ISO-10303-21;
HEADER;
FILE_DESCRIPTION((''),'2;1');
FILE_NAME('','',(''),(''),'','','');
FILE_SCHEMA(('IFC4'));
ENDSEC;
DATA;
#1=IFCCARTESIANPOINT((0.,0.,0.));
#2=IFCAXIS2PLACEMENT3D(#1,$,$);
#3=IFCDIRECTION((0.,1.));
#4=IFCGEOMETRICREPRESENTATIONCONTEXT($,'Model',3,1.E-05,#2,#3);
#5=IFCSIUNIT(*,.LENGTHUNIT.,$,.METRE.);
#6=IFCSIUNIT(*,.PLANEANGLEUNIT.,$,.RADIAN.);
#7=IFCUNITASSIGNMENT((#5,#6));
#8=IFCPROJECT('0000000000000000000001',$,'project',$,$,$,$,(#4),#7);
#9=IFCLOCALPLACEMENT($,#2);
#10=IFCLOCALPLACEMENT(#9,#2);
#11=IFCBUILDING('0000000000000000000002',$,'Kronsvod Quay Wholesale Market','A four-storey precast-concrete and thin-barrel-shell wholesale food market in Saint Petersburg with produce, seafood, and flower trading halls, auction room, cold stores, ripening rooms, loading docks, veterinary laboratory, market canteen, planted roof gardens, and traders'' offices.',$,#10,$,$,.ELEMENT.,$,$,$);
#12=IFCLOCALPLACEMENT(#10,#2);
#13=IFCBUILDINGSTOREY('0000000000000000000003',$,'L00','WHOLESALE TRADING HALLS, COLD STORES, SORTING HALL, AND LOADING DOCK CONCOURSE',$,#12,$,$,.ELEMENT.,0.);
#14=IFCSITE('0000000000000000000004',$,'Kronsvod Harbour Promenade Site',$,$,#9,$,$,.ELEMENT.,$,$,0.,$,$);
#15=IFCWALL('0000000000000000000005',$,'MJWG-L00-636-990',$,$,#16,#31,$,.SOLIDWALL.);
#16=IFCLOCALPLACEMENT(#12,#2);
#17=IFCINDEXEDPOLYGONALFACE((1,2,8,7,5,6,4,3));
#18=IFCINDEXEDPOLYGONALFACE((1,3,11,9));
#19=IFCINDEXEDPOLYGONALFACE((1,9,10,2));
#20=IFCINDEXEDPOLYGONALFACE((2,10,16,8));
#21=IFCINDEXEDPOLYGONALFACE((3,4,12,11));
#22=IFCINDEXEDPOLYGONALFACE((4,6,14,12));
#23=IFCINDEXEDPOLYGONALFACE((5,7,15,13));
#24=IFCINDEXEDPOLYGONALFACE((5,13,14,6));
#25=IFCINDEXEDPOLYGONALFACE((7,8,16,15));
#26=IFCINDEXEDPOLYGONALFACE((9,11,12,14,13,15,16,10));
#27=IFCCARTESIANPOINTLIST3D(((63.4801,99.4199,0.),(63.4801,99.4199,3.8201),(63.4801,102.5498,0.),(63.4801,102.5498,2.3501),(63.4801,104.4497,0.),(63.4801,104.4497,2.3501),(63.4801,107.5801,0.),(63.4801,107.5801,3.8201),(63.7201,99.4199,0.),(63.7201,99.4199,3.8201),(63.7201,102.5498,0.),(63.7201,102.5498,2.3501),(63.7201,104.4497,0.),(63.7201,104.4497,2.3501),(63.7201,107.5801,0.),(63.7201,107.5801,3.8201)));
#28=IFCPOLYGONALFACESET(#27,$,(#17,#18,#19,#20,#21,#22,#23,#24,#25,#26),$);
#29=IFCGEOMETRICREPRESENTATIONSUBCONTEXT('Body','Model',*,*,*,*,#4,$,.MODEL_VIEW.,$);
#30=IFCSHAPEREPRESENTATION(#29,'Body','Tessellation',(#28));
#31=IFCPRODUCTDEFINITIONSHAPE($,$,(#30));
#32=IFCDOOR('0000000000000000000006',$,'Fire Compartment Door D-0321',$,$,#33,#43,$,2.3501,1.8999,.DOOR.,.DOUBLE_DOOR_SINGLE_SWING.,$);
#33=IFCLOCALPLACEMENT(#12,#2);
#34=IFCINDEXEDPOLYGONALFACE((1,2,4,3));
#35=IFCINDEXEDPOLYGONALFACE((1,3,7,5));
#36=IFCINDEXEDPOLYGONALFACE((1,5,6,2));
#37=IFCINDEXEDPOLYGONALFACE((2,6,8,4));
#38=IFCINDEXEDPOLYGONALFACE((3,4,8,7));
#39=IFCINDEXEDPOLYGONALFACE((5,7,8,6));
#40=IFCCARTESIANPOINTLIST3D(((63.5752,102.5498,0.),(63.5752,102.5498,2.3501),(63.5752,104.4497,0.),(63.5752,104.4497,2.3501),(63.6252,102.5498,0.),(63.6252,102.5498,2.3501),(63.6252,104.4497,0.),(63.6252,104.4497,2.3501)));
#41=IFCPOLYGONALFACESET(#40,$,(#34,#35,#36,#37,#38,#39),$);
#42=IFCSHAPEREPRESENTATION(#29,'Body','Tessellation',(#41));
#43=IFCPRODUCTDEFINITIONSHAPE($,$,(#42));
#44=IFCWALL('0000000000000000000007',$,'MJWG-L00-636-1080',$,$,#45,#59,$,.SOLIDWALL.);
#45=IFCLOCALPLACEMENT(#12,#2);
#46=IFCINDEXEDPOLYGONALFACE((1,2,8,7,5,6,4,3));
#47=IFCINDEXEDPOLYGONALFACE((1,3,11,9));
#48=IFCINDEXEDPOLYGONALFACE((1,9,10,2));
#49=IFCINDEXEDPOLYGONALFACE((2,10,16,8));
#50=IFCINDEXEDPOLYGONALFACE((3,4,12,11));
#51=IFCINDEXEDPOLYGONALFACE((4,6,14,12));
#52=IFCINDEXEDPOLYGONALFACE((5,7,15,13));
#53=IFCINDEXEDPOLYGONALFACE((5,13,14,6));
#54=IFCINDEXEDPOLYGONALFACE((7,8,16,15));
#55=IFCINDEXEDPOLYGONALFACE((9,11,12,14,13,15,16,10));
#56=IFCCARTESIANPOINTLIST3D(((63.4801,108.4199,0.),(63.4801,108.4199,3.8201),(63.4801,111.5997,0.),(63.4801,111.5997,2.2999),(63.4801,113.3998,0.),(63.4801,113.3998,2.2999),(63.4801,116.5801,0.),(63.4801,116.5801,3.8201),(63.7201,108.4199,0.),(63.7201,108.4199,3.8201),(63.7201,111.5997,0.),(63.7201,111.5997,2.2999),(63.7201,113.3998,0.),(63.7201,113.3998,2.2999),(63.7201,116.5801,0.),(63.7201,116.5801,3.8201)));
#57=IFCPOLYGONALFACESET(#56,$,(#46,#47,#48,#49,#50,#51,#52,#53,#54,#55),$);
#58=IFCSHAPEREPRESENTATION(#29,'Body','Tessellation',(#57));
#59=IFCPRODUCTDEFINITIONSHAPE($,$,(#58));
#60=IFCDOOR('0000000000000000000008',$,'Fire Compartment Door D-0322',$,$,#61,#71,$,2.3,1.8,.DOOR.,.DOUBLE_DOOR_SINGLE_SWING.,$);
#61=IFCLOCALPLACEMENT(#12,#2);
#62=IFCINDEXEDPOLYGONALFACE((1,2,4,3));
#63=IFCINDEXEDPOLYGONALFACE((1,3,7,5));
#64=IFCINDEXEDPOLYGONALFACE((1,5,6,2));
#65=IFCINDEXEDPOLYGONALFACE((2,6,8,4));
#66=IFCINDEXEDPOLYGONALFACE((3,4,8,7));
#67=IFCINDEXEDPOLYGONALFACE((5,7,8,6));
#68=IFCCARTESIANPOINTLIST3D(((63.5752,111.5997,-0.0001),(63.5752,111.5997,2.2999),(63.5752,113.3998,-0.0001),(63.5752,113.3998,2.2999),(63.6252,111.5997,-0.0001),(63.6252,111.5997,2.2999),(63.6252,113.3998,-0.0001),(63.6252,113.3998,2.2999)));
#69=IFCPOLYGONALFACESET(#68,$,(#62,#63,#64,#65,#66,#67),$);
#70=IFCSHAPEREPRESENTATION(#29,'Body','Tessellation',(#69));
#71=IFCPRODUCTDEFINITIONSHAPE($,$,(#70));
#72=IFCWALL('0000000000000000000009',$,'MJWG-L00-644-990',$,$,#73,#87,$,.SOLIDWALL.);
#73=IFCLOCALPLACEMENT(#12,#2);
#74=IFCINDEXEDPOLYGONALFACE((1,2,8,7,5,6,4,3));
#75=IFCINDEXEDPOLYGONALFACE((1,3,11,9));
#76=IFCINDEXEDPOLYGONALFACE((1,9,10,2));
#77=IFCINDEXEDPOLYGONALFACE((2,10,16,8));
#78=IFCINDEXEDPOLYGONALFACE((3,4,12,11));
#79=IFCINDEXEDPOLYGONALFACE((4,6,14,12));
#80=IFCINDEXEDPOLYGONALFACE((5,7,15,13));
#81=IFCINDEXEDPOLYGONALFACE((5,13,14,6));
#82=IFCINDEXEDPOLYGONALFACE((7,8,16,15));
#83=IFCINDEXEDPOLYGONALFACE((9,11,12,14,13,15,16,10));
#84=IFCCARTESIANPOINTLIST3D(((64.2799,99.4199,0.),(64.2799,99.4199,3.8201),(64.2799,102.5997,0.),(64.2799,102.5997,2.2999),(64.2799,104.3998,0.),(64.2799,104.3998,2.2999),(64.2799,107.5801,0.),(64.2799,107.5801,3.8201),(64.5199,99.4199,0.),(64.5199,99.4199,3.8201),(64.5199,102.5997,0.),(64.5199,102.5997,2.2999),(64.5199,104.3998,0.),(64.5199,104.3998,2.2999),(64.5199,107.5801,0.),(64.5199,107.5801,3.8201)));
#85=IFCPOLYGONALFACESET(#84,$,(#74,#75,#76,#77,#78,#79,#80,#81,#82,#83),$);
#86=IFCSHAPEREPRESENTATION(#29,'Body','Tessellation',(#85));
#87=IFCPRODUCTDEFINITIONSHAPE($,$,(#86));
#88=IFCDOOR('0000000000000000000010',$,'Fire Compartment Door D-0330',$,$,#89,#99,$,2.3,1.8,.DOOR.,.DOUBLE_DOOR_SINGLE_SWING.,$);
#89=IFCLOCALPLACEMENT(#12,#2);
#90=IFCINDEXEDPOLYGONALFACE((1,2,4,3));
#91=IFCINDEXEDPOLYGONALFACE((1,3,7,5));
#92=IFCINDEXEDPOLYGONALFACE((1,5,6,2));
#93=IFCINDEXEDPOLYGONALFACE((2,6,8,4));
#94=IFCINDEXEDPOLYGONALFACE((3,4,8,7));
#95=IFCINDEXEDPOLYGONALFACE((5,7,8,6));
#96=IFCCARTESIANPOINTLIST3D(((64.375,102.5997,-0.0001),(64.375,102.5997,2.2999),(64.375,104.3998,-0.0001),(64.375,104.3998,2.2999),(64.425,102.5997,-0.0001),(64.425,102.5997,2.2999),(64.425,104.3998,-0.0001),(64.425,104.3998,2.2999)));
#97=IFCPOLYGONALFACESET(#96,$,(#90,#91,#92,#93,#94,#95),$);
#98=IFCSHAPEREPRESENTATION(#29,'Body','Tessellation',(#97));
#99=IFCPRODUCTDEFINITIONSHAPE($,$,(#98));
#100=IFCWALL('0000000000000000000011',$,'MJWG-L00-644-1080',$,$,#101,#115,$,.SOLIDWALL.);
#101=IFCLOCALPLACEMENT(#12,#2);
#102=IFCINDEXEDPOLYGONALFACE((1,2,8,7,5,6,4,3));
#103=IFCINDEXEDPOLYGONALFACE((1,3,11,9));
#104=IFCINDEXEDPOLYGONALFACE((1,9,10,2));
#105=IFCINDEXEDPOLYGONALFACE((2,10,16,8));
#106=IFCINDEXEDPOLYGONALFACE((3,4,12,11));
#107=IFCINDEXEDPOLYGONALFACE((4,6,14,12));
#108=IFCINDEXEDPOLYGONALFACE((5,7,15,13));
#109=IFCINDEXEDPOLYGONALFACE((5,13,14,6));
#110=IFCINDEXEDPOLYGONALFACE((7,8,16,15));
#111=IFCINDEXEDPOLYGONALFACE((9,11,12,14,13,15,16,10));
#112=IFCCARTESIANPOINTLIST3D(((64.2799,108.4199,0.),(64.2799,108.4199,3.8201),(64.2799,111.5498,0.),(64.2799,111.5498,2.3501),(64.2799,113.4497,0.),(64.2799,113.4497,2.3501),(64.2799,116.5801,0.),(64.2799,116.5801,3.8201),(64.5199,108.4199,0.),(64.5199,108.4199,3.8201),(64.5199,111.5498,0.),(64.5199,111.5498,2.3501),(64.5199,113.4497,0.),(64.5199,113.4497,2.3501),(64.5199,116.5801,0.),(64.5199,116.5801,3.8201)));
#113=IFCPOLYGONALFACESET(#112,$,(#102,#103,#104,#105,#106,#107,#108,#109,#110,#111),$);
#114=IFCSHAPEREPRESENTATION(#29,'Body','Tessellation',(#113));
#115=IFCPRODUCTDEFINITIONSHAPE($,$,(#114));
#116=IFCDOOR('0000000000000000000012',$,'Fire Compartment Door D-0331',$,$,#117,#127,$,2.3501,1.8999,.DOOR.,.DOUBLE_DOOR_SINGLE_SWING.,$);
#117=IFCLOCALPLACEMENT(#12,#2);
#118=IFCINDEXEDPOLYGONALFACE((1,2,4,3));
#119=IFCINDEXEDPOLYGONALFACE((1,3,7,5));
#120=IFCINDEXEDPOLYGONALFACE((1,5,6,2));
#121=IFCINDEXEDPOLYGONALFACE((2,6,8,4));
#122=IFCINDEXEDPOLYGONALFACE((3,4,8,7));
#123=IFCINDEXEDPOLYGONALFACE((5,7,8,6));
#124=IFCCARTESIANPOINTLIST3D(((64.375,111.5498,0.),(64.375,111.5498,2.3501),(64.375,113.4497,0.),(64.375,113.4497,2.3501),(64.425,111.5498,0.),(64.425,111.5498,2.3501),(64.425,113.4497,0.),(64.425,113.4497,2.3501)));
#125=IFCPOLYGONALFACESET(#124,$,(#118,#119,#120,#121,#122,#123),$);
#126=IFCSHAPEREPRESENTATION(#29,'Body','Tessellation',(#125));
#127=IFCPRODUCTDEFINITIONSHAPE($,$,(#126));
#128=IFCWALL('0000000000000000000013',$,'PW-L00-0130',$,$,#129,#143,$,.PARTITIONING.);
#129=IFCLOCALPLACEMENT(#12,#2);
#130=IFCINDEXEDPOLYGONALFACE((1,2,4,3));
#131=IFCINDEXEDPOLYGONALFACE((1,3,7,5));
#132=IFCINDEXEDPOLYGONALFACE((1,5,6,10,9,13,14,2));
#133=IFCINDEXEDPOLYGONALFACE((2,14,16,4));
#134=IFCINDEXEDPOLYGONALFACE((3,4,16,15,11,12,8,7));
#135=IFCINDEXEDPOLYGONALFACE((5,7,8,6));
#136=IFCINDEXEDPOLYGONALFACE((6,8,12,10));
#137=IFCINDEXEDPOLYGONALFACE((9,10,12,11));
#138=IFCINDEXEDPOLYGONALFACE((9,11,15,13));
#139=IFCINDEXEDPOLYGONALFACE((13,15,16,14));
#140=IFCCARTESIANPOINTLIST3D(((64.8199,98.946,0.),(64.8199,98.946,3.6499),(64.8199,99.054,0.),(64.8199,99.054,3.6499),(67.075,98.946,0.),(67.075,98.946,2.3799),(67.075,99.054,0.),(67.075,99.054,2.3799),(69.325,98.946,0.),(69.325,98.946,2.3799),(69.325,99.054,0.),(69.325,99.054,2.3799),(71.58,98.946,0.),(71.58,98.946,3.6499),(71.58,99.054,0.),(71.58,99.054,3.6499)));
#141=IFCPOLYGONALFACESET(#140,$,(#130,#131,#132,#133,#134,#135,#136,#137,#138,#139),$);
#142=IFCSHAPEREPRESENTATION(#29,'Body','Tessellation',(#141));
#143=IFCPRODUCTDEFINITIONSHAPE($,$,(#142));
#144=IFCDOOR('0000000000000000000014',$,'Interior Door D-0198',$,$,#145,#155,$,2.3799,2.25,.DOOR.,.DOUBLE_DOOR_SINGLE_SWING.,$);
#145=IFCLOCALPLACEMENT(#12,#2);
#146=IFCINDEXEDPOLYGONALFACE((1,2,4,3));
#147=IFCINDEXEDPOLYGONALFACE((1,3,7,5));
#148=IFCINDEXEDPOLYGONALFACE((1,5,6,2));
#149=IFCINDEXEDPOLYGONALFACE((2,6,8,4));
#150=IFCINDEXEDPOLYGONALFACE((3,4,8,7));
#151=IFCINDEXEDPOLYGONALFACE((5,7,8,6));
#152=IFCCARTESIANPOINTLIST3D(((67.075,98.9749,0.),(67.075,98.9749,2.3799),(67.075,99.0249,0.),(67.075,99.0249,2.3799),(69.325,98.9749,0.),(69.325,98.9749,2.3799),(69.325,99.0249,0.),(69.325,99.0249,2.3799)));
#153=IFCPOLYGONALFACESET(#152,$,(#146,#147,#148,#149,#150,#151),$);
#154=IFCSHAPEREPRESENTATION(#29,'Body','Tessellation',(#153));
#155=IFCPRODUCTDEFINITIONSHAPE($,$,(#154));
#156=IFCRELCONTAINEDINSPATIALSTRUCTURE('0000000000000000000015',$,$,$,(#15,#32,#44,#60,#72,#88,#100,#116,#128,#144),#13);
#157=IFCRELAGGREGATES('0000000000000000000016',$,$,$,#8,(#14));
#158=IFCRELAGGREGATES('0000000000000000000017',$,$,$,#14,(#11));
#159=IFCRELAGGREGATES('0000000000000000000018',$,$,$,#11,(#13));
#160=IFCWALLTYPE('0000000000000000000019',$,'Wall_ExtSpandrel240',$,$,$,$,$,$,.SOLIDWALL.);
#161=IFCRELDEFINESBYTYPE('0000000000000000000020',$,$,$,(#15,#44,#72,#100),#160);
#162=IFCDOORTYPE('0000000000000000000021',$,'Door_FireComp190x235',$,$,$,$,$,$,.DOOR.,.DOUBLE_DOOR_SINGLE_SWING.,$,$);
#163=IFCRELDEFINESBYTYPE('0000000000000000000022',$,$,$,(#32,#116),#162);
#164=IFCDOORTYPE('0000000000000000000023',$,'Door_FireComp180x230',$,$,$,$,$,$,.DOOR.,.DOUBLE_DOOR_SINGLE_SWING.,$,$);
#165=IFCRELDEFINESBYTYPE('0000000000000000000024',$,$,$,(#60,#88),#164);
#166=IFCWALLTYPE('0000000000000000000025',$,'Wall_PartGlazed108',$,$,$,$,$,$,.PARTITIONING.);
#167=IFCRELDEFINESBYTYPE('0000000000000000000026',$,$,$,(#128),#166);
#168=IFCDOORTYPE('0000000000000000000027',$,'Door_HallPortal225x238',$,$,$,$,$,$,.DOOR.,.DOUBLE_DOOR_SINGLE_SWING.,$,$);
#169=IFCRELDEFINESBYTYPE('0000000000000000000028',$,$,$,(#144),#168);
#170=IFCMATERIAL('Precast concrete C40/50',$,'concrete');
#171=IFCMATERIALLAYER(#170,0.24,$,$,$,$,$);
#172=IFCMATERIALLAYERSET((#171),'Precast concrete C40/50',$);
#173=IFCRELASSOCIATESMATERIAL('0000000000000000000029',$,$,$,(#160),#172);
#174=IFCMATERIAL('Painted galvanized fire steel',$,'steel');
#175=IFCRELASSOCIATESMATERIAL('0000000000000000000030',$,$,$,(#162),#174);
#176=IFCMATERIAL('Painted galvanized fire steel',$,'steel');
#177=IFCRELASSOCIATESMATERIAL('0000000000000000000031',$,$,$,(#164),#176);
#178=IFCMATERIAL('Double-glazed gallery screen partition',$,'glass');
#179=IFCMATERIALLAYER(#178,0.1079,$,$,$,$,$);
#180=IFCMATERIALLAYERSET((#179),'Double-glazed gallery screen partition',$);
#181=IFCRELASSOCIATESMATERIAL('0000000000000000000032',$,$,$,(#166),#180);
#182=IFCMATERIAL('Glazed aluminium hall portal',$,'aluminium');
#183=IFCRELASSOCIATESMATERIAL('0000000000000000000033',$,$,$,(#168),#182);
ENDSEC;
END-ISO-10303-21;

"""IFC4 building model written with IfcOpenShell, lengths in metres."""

from ifc_helpers import new_model, si_unit, direction, frame, frame_2d, origin, place, context, subcontext, project, spatial, rectangle, extrude, material, layer, layer_set, type_object, element, fill, save


model = new_model("IFC4")

# Units and contexts
model_context = context("Model", 3, precision=1e-05, world=origin(), true_north=direction((0.0, 1.0)))
body_context = subcontext(model_context, "Body", "Model", "MODEL_VIEW")
ifc_project = project(units=[si_unit("LENGTHUNIT", "METRE"), si_unit("PLANEANGLEUNIT", "RADIAN")], contexts=[model_context])

# Site, building, storey
site_placement = place(None, origin())
site = spatial("IfcSite", under=ifc_project, at=site_placement, Name="Kronsvod Harbour Promenade Site", CompositionType="ELEMENT", RefElevation=0.0)
building_placement = place(site_placement, origin())
building = spatial("IfcBuilding", under=site, at=building_placement, Name="Kronsvod Quay Wholesale Market", Description="A four-storey precast-concrete and thin-barrel-shell wholesale food market in Saint Petersburg with produce, seafood, and flower trading halls, auction room, cold stores, ripening rooms, loading docks, veterinary laboratory, market canteen, planted roof gardens, and traders' offices.", CompositionType="ELEMENT")
storey_placement = place(building_placement, origin())
storey = spatial("IfcBuildingStorey", under=building, at=storey_placement, Name="L00", Description="WHOLESALE TRADING HALLS, COLD STORES, SORTING HALL, AND LOADING DOCK CONCOURSE", CompositionType="ELEMENT", Elevation=0.0)

# Walls, openings, doors
ifc_material_1 = material(Name="Precast concrete C40/50", Category="concrete")
ifc_layer_1 = layer(ifc_material_1, 0.24)
ifc_layer_set_1 = layer_set([ifc_layer_1], Name="Precast concrete C40/50")
wall_type_1 = type_object("IfcWallType", Name="Wall_ExtSpandrel240", PredefinedType="SOLIDWALL", material=ifc_layer_set_1)
wall_1_placement = place(storey_placement, frame((63.6001, 99.4199, 0.0), z_axis=(0.0, 0.0, 1.0), x_axis=(0.0, 1.0, 0.0)))
wall_1 = element("IfcWall", 1, at=wall_1_placement, inside=storey, type_object=wall_type_1, Name="MJWG-L00-636-990", PredefinedType="SOLIDWALL", context=body_context, shape_type="SweptSolid", body=[
    extrude(rectangle(XDim=8.1602, YDim=0.24, at=frame_2d((4.0801, 0.0))), origin(), (0.0, 0.0, 1.0), 3.8201),
])
opening_1_placement = place(wall_1_placement, frame((3.1299, 0.0, 0.0)))
opening_1 = element("IfcOpeningElement", 2, at=opening_1_placement, cuts=wall_1, PredefinedType="OPENING", context=body_context, shape_type="SweptSolid", body=[
    extrude(rectangle(XDim=1.8999, YDim=2.3501, at=frame_2d((0.95, 1.175))), frame((0.0, 0.1299, 0.0), z_axis=(0.0, -1.0, 0.0), x_axis=(1.0, 0.0, 0.0)), (0.0, 0.0, 1.0), 0.26),
])
ifc_material_2 = material(Name="Painted galvanized fire steel", Category="steel")
door_type_1 = type_object("IfcDoorType", Name="Door_FireComp190x235", OperationType="DOUBLE_DOOR_SINGLE_SWING", PredefinedType="DOOR", material=ifc_material_2)
door_1_placement = place(opening_1_placement, origin())
door_1 = element("IfcDoor", 3, at=door_1_placement, inside=storey, type_object=door_type_1, Name="Fire Compartment Door D-0321", OperationType="DOUBLE_DOOR_SINGLE_SWING", OverallHeight=2.3501, OverallWidth=1.8999, PredefinedType="DOOR", context=body_context, shape_type="SweptSolid", body=[
    extrude(rectangle(XDim=1.8999, YDim=2.3501, at=frame_2d((0.95, 1.175))), frame((0.0, 0.0249, 0.0), z_axis=(0.0, -1.0, 0.0), x_axis=(1.0, 0.0, 0.0)), (0.0, 0.0, 1.0), 0.05),
])
fill(opening_1, door_1)
wall_2_placement = place(storey_placement, frame((63.6001, 108.4199, 0.0), z_axis=(0.0, 0.0, 1.0), x_axis=(0.0, 1.0, 0.0)))
wall_2 = element("IfcWall", 4, at=wall_2_placement, inside=storey, type_object=wall_type_1, Name="MJWG-L00-636-1080", PredefinedType="SOLIDWALL", context=body_context, shape_type="SweptSolid", body=[
    extrude(rectangle(XDim=8.1602, YDim=0.24, at=frame_2d((4.0801, 0.0))), origin(), (0.0, 0.0, 1.0), 3.8201),
])
opening_2_placement = place(wall_2_placement, frame((3.1799, 0.0, 0.0)))
opening_2 = element("IfcOpeningElement", 5, at=opening_2_placement, cuts=wall_2, PredefinedType="OPENING", context=body_context, shape_type="SweptSolid", body=[
    extrude(rectangle(XDim=1.8, YDim=2.3, at=frame_2d((0.8999, 1.1499))), frame((0.0, 0.1299, 0.0), z_axis=(0.0, -1.0, 0.0), x_axis=(1.0, 0.0, 0.0)), (0.0, 0.0, 1.0), 0.26),
])
ifc_material_3 = material(Name="Painted galvanized fire steel", Category="steel")
door_type_2 = type_object("IfcDoorType", Name="Door_FireComp180x230", OperationType="DOUBLE_DOOR_SINGLE_SWING", PredefinedType="DOOR", material=ifc_material_3)
door_2_placement = place(opening_2_placement, origin())
door_2 = element("IfcDoor", 6, at=door_2_placement, inside=storey, type_object=door_type_2, Name="Fire Compartment Door D-0322", OperationType="DOUBLE_DOOR_SINGLE_SWING", OverallHeight=2.3, OverallWidth=1.8, PredefinedType="DOOR", context=body_context, shape_type="SweptSolid", body=[
    extrude(rectangle(XDim=1.8, YDim=2.3, at=frame_2d((0.8999, 1.1499))), frame((0.0, 0.0249, 0.0), z_axis=(0.0, -1.0, 0.0), x_axis=(1.0, 0.0, 0.0)), (0.0, 0.0, 1.0), 0.05),
])
fill(opening_2, door_2)
wall_3_placement = place(storey_placement, frame((64.3999, 99.4199, 0.0), z_axis=(0.0, 0.0, 1.0), x_axis=(0.0, 1.0, 0.0)))
wall_3 = element("IfcWall", 7, at=wall_3_placement, inside=storey, type_object=wall_type_1, Name="MJWG-L00-644-990", PredefinedType="SOLIDWALL", context=body_context, shape_type="SweptSolid", body=[
    extrude(rectangle(XDim=8.1602, YDim=0.24, at=frame_2d((4.0801, 0.0))), origin(), (0.0, 0.0, 1.0), 3.8201),
])
opening_3_placement = place(wall_3_placement, frame((3.1799, 0.0, 0.0)))
opening_3 = element("IfcOpeningElement", 8, at=opening_3_placement, cuts=wall_3, PredefinedType="OPENING", context=body_context, shape_type="SweptSolid", body=[
    extrude(rectangle(XDim=1.8, YDim=2.3, at=frame_2d((0.8999, 1.1499))), frame((0.0, 0.1299, 0.0), z_axis=(0.0, -1.0, 0.0), x_axis=(1.0, 0.0, 0.0)), (0.0, 0.0, 1.0), 0.26),
])
door_3_placement = place(opening_3_placement, origin())
door_3 = element("IfcDoor", 9, at=door_3_placement, inside=storey, type_object=door_type_2, Name="Fire Compartment Door D-0330", OperationType="DOUBLE_DOOR_SINGLE_SWING", OverallHeight=2.3, OverallWidth=1.8, PredefinedType="DOOR", context=body_context, shape_type="SweptSolid", body=[
    extrude(rectangle(XDim=1.8, YDim=2.3, at=frame_2d((0.8999, 1.1499))), frame((0.0, 0.0249, 0.0), z_axis=(0.0, -1.0, 0.0), x_axis=(1.0, 0.0, 0.0)), (0.0, 0.0, 1.0), 0.05),
])
fill(opening_3, door_3)
wall_4_placement = place(storey_placement, frame((64.3999, 108.4199, 0.0), z_axis=(0.0, 0.0, 1.0), x_axis=(0.0, 1.0, 0.0)))
wall_4 = element("IfcWall", 10, at=wall_4_placement, inside=storey, type_object=wall_type_1, Name="MJWG-L00-644-1080", PredefinedType="SOLIDWALL", context=body_context, shape_type="SweptSolid", body=[
    extrude(rectangle(XDim=8.1602, YDim=0.24, at=frame_2d((4.0801, 0.0))), origin(), (0.0, 0.0, 1.0), 3.8201),
])
opening_4_placement = place(wall_4_placement, frame((3.1299, 0.0, 0.0)))
opening_4 = element("IfcOpeningElement", 11, at=opening_4_placement, cuts=wall_4, PredefinedType="OPENING", context=body_context, shape_type="SweptSolid", body=[
    extrude(rectangle(XDim=1.8999, YDim=2.3501, at=frame_2d((0.95, 1.175))), frame((0.0, 0.1299, 0.0), z_axis=(0.0, -1.0, 0.0), x_axis=(1.0, 0.0, 0.0)), (0.0, 0.0, 1.0), 0.26),
])
door_4_placement = place(opening_4_placement, origin())
door_4 = element("IfcDoor", 12, at=door_4_placement, inside=storey, type_object=door_type_1, Name="Fire Compartment Door D-0331", OperationType="DOUBLE_DOOR_SINGLE_SWING", OverallHeight=2.3501, OverallWidth=1.8999, PredefinedType="DOOR", context=body_context, shape_type="SweptSolid", body=[
    extrude(rectangle(XDim=1.8999, YDim=2.3501, at=frame_2d((0.95, 1.175))), frame((0.0, 0.0249, 0.0), z_axis=(0.0, -1.0, 0.0), x_axis=(1.0, 0.0, 0.0)), (0.0, 0.0, 1.0), 0.05),
])
fill(opening_4, door_4)
ifc_material_4 = material(Name="Double-glazed gallery screen partition", Category="glass")
ifc_layer_2 = layer(ifc_material_4, 0.1079)
ifc_layer_set_2 = layer_set([ifc_layer_2], Name="Double-glazed gallery screen partition")
wall_type_2 = type_object("IfcWallType", Name="Wall_PartGlazed108", PredefinedType="PARTITIONING", material=ifc_layer_set_2)
wall_5_placement = place(storey_placement, frame((64.8201, 99.0, 0.0), z_axis=(0.0, 0.0, 1.0), x_axis=(1.0, 0.0, 0.0)))
wall_5 = element("IfcWall", 13, at=wall_5_placement, inside=storey, type_object=wall_type_2, Name="PW-L00-0130", PredefinedType="PARTITIONING", context=body_context, shape_type="SweptSolid", body=[
    extrude(rectangle(XDim=6.76, YDim=0.1079, at=frame_2d((3.3799, 0.0))), origin(), (0.0, 0.0, 1.0), 3.6499),
])
opening_5_placement = place(wall_5_placement, frame((2.2549, 0.0, 0.0)))
opening_5 = element("IfcOpeningElement", 14, at=opening_5_placement, cuts=wall_5, PredefinedType="OPENING", context=body_context, shape_type="SweptSolid", body=[
    extrude(rectangle(XDim=2.25, YDim=2.3799, at=frame_2d((1.125, 1.1899))), frame((0.0, 0.064, 0.0), z_axis=(0.0, -1.0, 0.0), x_axis=(1.0, 0.0, 0.0)), (0.0, 0.0, 1.0), 0.1279),
])
ifc_material_5 = material(Name="Glazed aluminium hall portal", Category="aluminium")
door_type_3 = type_object("IfcDoorType", Name="Door_HallPortal225x238", OperationType="DOUBLE_DOOR_SINGLE_SWING", PredefinedType="DOOR", material=ifc_material_5)
door_5_placement = place(opening_5_placement, origin())
door_5 = element("IfcDoor", 15, at=door_5_placement, inside=storey, type_object=door_type_3, Name="Interior Door D-0198", OperationType="DOUBLE_DOOR_SINGLE_SWING", OverallHeight=2.3799, OverallWidth=2.25, PredefinedType="DOOR", context=body_context, shape_type="SweptSolid", body=[
    extrude(rectangle(XDim=2.25, YDim=2.3799, at=frame_2d((1.125, 1.1899))), frame((0.0, 0.0249, 0.0), z_axis=(0.0, -1.0, 0.0), x_axis=(1.0, 0.0, 0.0)), (0.0, 0.0, 1.0), 0.05),
])
fill(opening_5, door_5)

save(model, "model.ifc")
